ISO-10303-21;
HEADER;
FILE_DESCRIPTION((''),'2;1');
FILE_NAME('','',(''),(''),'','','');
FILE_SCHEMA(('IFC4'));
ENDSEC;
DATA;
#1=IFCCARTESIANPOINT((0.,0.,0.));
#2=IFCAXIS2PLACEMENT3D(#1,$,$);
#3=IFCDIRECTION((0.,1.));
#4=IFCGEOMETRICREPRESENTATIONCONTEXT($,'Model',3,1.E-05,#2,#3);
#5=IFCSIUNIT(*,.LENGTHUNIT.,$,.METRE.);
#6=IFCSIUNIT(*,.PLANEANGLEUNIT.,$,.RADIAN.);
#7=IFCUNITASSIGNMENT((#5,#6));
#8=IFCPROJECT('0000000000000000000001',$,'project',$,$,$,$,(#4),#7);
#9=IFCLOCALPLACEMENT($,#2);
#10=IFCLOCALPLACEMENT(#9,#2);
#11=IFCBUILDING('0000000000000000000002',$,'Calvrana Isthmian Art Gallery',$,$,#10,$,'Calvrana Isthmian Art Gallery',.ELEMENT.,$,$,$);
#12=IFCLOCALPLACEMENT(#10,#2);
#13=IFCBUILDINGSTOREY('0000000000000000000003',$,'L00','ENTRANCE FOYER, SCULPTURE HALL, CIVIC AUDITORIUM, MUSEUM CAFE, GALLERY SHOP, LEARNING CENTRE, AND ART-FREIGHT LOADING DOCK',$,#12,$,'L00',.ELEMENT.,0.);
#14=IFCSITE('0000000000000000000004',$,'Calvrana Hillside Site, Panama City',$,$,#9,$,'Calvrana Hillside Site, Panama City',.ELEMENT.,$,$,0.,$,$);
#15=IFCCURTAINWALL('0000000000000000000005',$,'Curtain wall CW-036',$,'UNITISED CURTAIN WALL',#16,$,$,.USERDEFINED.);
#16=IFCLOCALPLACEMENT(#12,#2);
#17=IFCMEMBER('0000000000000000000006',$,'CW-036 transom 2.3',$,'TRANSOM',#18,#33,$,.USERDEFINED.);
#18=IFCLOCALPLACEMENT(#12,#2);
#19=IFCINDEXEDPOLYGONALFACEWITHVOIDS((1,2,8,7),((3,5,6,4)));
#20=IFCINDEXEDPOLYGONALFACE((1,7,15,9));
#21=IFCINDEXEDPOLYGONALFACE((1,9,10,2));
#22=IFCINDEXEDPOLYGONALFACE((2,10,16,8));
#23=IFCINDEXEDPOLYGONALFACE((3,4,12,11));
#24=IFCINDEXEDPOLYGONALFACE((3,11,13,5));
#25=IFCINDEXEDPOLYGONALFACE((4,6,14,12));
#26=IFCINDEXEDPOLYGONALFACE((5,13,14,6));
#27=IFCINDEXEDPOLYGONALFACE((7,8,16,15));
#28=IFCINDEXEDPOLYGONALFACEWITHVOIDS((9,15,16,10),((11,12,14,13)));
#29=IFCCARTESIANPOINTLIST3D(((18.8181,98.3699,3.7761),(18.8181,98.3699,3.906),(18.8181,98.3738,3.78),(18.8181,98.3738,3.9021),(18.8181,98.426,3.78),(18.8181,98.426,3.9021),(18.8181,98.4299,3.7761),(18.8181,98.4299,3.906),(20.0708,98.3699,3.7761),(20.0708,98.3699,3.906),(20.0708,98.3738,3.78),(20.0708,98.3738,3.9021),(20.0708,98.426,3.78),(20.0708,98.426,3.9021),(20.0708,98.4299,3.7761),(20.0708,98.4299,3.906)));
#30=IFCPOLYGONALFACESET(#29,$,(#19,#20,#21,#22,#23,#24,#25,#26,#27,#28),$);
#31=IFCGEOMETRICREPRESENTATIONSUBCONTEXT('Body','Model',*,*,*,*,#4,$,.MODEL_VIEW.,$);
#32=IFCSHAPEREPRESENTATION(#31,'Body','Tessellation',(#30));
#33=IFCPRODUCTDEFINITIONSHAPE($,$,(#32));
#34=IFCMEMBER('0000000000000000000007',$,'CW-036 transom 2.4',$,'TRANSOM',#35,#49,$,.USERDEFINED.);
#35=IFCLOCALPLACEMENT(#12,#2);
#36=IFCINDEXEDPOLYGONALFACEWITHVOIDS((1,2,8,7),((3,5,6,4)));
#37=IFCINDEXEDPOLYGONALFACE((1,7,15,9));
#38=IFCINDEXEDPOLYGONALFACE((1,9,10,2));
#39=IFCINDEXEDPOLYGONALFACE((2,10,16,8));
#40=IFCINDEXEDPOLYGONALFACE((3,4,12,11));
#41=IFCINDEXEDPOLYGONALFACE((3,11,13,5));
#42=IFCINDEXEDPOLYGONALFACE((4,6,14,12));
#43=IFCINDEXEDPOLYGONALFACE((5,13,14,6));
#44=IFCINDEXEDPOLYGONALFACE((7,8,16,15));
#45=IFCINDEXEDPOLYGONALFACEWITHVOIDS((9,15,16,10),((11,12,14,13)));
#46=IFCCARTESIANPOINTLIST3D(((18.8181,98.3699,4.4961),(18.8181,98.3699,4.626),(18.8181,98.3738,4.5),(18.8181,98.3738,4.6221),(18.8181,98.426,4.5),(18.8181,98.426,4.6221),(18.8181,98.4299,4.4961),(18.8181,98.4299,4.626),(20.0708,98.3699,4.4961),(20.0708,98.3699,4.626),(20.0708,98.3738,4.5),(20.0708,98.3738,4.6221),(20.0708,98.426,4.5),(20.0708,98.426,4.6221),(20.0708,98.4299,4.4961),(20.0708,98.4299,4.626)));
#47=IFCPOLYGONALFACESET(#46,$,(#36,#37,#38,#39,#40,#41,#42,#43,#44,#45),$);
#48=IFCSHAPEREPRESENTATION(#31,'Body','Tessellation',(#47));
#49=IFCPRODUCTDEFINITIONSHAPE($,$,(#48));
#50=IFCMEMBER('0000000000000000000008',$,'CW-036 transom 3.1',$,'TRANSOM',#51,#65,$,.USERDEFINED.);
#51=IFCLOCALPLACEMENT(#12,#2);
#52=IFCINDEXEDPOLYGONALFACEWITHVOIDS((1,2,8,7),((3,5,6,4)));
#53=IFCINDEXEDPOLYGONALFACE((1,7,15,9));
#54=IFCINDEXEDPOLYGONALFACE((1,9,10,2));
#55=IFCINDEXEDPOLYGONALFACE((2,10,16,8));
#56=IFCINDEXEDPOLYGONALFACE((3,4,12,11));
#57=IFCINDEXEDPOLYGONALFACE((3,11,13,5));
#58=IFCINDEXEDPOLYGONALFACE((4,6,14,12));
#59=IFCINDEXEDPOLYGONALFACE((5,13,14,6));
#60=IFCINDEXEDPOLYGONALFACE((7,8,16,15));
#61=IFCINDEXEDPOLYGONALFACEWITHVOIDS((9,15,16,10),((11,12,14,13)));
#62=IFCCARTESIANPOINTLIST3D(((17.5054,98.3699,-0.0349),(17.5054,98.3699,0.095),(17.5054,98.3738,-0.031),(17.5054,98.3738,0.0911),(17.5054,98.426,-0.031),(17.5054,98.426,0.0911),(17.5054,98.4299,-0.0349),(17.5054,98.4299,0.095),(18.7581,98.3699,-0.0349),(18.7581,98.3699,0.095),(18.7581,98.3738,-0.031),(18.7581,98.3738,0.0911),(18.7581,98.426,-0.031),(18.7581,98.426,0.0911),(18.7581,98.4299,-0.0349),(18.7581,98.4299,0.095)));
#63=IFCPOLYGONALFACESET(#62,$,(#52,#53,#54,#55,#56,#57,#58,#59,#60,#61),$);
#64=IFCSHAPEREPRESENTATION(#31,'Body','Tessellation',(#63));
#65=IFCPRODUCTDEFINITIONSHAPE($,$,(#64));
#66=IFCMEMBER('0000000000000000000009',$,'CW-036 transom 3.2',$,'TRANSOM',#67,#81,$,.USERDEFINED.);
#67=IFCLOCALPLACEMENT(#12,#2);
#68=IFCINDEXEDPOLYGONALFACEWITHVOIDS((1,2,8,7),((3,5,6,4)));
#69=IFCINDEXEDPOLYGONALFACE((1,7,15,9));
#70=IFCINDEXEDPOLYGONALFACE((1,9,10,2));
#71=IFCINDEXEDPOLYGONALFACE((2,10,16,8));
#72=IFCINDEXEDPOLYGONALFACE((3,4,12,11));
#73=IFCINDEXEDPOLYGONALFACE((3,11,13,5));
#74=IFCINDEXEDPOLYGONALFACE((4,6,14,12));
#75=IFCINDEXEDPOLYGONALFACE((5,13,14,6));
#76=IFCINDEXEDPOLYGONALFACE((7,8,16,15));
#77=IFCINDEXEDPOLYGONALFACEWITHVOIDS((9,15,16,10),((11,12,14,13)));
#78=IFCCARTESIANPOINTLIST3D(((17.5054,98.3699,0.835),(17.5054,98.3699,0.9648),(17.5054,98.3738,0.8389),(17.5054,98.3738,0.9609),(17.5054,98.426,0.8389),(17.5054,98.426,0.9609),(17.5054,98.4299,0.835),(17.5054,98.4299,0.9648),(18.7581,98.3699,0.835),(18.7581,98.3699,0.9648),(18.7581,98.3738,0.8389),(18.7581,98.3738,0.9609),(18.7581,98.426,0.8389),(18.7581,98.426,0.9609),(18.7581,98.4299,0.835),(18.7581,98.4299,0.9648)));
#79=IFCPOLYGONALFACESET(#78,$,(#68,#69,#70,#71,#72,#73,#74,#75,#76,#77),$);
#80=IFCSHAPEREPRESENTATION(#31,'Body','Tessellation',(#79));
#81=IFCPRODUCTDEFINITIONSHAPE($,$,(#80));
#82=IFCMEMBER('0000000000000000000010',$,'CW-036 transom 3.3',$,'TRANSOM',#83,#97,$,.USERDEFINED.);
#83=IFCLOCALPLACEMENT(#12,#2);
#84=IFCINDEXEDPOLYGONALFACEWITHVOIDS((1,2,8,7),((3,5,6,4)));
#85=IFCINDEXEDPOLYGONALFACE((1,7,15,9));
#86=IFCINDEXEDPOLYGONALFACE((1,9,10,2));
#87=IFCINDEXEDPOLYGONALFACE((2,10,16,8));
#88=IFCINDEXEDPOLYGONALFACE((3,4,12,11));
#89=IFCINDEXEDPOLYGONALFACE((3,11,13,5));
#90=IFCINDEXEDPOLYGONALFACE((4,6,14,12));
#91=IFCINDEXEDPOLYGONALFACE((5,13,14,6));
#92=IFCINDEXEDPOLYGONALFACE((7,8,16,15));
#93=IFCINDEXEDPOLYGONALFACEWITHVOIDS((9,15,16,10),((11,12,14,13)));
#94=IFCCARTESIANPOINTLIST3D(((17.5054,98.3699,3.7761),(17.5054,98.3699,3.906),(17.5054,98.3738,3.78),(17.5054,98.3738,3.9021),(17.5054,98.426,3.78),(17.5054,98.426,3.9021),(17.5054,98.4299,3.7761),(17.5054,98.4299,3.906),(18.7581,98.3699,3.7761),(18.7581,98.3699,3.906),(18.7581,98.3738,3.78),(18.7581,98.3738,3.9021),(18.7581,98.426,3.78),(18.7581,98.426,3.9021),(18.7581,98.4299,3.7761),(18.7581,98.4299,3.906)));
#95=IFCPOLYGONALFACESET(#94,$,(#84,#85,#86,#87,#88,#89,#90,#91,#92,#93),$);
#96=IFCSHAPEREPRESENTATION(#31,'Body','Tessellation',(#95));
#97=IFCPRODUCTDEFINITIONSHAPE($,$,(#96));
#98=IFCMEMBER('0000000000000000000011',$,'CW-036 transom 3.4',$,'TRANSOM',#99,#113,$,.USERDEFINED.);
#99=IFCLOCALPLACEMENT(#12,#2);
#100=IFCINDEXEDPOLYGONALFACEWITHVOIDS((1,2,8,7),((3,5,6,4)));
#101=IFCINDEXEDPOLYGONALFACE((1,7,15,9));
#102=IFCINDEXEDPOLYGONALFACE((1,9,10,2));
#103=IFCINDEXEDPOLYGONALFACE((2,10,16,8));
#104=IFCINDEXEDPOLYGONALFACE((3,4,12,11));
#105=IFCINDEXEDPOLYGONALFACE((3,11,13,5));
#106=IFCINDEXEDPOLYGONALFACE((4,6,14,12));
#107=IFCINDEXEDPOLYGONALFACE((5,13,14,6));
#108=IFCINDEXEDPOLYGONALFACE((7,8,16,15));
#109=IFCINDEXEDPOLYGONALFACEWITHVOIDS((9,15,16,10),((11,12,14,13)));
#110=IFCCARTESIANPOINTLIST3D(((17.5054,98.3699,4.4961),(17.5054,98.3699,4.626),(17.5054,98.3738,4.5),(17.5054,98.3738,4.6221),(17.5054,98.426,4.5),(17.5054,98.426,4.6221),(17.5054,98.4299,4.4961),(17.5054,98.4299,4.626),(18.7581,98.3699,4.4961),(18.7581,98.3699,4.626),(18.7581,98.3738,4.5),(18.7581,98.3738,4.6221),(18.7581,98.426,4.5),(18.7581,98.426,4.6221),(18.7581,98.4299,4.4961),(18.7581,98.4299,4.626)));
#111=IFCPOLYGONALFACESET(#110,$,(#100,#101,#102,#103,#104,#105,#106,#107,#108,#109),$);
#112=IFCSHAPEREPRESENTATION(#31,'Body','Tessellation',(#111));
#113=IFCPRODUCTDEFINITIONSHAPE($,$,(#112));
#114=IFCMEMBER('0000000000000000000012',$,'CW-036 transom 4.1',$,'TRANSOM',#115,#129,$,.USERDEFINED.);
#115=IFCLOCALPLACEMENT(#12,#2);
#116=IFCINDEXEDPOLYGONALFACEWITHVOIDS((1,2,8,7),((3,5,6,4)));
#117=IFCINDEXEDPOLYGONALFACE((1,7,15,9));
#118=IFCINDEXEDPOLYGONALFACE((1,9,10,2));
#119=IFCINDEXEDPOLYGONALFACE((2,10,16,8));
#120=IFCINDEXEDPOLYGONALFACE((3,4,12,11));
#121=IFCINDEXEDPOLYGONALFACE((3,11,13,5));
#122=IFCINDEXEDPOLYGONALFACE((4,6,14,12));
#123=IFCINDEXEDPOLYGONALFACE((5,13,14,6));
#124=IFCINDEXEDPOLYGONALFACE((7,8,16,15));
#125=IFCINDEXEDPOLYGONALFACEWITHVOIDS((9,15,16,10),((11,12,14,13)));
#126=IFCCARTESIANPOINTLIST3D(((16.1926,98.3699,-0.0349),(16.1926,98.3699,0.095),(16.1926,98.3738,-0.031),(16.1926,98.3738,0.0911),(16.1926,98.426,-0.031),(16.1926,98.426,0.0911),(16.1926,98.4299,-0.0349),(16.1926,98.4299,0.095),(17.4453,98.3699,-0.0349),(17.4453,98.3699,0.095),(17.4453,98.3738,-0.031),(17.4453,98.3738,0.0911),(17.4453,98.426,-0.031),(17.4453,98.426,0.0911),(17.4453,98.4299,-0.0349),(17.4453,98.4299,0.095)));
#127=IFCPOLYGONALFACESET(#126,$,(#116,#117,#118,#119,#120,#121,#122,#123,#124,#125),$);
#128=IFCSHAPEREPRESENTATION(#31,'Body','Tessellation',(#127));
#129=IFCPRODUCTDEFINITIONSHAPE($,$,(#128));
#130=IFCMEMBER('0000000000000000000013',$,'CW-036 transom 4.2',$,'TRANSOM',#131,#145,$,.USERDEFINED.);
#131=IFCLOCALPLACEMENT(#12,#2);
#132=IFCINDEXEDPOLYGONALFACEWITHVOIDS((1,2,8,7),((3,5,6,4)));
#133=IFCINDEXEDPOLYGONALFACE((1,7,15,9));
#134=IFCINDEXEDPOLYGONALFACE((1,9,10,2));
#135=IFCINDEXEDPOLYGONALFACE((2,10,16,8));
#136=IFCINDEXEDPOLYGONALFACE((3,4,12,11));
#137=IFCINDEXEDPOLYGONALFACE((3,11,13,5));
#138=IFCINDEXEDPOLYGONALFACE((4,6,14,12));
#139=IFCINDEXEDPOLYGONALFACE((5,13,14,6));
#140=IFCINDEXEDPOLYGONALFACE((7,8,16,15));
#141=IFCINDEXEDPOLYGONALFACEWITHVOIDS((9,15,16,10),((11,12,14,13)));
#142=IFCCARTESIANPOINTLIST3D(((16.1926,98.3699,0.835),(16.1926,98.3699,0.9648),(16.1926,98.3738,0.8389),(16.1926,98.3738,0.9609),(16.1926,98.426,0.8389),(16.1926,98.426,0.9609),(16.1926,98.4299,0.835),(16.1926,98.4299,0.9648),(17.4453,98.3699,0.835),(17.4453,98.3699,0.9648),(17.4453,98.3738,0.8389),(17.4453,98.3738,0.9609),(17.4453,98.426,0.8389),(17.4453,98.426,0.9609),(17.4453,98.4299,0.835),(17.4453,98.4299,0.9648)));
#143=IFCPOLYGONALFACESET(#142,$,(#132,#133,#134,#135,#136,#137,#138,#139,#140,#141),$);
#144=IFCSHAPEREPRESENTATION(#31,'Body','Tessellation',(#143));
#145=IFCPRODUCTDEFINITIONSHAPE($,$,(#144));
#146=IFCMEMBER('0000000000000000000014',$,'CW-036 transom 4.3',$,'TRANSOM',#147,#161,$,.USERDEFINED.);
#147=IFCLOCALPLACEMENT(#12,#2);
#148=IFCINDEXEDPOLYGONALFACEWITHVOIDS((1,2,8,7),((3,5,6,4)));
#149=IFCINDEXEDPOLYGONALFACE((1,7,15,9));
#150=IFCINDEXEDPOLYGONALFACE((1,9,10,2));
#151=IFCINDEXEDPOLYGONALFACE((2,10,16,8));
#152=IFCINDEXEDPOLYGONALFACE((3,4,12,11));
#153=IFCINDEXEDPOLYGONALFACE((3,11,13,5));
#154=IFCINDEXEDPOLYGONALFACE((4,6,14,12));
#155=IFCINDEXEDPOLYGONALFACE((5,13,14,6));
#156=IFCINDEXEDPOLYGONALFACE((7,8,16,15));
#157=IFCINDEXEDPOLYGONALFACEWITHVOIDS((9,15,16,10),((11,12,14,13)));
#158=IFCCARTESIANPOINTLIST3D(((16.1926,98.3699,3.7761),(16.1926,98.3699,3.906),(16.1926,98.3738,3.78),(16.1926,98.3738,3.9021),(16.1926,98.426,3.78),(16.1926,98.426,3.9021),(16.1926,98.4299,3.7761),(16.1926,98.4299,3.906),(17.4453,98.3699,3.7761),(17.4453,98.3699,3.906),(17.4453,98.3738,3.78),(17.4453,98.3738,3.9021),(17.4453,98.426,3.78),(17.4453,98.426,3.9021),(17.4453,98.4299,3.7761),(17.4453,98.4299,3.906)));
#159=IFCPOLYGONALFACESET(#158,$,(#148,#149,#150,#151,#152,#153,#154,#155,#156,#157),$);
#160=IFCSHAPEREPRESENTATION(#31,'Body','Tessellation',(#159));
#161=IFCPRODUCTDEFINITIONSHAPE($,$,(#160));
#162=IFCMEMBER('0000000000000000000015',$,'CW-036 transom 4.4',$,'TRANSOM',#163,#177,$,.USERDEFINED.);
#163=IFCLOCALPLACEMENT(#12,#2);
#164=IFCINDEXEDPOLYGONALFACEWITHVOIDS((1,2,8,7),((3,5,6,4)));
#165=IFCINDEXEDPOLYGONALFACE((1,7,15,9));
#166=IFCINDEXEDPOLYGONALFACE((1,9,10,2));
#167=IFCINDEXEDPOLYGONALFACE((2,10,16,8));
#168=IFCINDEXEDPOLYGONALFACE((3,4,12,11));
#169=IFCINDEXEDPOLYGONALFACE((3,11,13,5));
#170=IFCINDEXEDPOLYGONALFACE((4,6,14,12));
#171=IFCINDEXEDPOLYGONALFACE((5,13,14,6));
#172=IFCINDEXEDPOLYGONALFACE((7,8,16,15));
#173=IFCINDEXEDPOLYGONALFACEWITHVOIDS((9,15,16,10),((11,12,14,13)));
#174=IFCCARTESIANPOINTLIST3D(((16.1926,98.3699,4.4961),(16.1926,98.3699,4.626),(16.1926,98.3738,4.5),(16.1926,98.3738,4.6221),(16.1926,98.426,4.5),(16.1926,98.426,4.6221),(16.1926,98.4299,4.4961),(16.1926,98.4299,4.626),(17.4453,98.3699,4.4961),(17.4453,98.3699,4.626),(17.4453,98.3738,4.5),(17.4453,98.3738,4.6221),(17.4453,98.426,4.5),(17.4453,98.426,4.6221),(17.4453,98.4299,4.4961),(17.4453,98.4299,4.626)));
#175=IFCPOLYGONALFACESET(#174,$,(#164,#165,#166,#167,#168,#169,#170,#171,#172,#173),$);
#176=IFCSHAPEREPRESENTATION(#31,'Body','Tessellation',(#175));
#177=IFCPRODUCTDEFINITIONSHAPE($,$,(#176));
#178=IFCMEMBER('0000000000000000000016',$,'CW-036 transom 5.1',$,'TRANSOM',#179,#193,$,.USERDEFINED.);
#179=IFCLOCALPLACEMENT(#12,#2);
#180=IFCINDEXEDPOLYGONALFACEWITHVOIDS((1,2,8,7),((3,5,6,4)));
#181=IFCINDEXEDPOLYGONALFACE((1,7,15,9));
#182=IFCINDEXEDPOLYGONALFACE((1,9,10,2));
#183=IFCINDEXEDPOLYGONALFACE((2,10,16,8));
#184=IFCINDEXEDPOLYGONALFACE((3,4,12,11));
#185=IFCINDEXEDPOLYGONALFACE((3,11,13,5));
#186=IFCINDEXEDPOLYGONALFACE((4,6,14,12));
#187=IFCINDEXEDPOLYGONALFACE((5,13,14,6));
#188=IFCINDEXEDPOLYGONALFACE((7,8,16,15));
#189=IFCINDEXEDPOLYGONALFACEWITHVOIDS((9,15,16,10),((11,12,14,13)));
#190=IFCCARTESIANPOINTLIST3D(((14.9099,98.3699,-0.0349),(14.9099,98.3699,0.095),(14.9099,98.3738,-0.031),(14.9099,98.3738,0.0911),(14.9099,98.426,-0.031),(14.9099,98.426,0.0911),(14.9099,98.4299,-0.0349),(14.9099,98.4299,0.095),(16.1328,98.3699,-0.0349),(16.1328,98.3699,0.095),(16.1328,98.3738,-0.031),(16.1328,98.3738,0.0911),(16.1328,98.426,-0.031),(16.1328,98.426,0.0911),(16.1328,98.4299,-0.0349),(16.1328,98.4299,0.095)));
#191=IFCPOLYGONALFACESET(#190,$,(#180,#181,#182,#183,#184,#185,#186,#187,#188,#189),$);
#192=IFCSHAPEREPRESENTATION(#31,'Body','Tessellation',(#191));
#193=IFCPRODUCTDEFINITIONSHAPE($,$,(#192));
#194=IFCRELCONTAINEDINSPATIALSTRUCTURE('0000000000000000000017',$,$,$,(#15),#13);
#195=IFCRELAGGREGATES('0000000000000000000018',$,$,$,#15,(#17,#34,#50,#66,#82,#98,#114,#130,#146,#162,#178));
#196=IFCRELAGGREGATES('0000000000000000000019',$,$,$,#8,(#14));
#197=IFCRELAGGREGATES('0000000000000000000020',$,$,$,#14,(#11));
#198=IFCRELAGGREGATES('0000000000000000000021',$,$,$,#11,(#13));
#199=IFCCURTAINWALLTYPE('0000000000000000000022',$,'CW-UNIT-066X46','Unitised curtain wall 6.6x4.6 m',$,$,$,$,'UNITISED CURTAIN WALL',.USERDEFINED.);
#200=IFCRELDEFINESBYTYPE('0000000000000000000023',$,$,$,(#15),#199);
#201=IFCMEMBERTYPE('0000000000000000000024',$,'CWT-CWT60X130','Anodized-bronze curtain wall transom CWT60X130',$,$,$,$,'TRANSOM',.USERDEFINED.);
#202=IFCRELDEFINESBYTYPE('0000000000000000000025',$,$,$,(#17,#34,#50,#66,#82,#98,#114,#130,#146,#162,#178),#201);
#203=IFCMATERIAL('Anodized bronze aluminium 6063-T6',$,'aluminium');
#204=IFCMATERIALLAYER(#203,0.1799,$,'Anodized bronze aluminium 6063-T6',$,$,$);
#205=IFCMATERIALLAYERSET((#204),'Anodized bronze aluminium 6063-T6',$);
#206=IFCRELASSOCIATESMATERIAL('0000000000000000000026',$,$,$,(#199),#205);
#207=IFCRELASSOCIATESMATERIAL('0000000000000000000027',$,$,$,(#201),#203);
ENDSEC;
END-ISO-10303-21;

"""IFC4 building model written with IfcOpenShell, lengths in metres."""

from ifc_helpers import new_model, si_unit, direction, frame, origin, origin_2d, place, context, subcontext, project, spatial, hollow_rectangle, extrude, material, layer, layer_set, material_profile, profile_set, type_object, element, aggregate, save


model = new_model("IFC4")

# Units and contexts
model_context = context("Model", 3, precision=1e-05, world=origin(), true_north=direction((0.0, 1.0)))
body_context = subcontext(model_context, "Body", "Model", "MODEL_VIEW")
ifc_project = project(units=[si_unit("LENGTHUNIT", "METRE"), si_unit("PLANEANGLEUNIT", "RADIAN")], contexts=[model_context])

# Site, building, storey
site_placement = place(None, origin())
site = spatial("IfcSite", under=ifc_project, at=site_placement, Name="Calvrana Hillside Site, Panama City", LongName="Calvrana Hillside Site, Panama City", CompositionType="ELEMENT", RefElevation=0.0)
building_placement = place(site_placement, origin())
building = spatial("IfcBuilding", under=site, at=building_placement, Name="Calvrana Isthmian Art Gallery", LongName="Calvrana Isthmian Art Gallery", CompositionType="ELEMENT")
storey_placement = place(building_placement, origin())
storey = spatial("IfcBuildingStorey", under=building, at=storey_placement, Name="L00", Description="ENTRANCE FOYER, SCULPTURE HALL, CIVIC AUDITORIUM, MUSEUM CAFE, GALLERY SHOP, LEARNING CENTRE, AND ART-FREIGHT LOADING DOCK", LongName="L00", CompositionType="ELEMENT", Elevation=0.0)

# Curtain wall, members
ifc_material_1 = material(Name="Anodized bronze aluminium 6063-T6", Category="aluminium")
ifc_layer_1 = layer(ifc_material_1, 0.1799, Name="Anodized bronze aluminium 6063-T6")
ifc_layer_set_1 = layer_set([ifc_layer_1], Name="Anodized bronze aluminium 6063-T6")
curtain_wall_type = type_object("IfcCurtainWallType", Name="CW-UNIT-066X46", Description="Unitised curtain wall 6.6x4.6 m", ElementType="UNITISED CURTAIN WALL", PredefinedType="USERDEFINED", material=ifc_layer_set_1)
curtain_wall_placement = place(storey_placement, origin())
curtain_wall = element("IfcCurtainWall", 1, at=curtain_wall_placement, inside=storey, type_object=curtain_wall_type, Name="Curtain wall CW-036", ObjectType="UNITISED CURTAIN WALL", PredefinedType="USERDEFINED")
ifc_material_profile_1 = material_profile(ifc_material_1, hollow_rectangle(XDim=0.0601, YDim=0.1299, WallThickness=0.0039, at=origin_2d()), Name="CWT60X130")
ifc_profile_set_1 = profile_set([ifc_material_profile_1], Name="Anodized bronze aluminium 6063-T6")
member_type_1 = type_object("IfcMemberType", Name="CWT-CWT60X130", Description="Anodized-bronze curtain wall transom CWT60X130", ElementType="TRANSOM", PredefinedType="USERDEFINED", material=ifc_profile_set_1)
member_1_placement = place(storey_placement, frame((20.0708, 98.3999, 3.8411), z_axis=(-1.0, 0.0, 0.0), x_axis=(0.0, -1.0, 0.0)))
member_1 = element("IfcMember", 2, at=member_1_placement, type_object=member_type_1, Name="CW-036 transom 2.3", ObjectType="TRANSOM", PredefinedType="USERDEFINED", context=body_context, shape_type="SweptSolid", body=[
    extrude(hollow_rectangle(XDim=0.0601, YDim=0.1299, WallThickness=0.0039, at=origin_2d()), origin(), (0.0, 0.0, 1.0), 1.2527),
])
member_2_placement = place(storey_placement, frame((20.0708, 98.3999, 4.561), z_axis=(-1.0, 0.0, 0.0), x_axis=(0.0, -1.0, 0.0)))
member_2 = element("IfcMember", 3, at=member_2_placement, type_object=member_type_1, Name="CW-036 transom 2.4", ObjectType="TRANSOM", PredefinedType="USERDEFINED", context=body_context, shape_type="SweptSolid", body=[
    extrude(hollow_rectangle(XDim=0.0601, YDim=0.1299, WallThickness=0.0039, at=origin_2d()), origin(), (0.0, 0.0, 1.0), 1.2527),
])
member_3_placement = place(storey_placement, frame((18.7581, 98.3999, 0.03), z_axis=(-1.0, 0.0, 0.0), x_axis=(0.0, -1.0, 0.0)))
member_3 = element("IfcMember", 4, at=member_3_placement, type_object=member_type_1, Name="CW-036 transom 3.1", ObjectType="TRANSOM", PredefinedType="USERDEFINED", context=body_context, shape_type="SweptSolid", body=[
    extrude(hollow_rectangle(XDim=0.0601, YDim=0.1299, WallThickness=0.0039, at=origin_2d()), origin(), (0.0, 0.0, 1.0), 1.2527),
])
member_4_placement = place(storey_placement, frame((18.7581, 98.3999, 0.8999), z_axis=(-1.0, 0.0, 0.0), x_axis=(0.0, -1.0, 0.0)))
member_4 = element("IfcMember", 5, at=member_4_placement, type_object=member_type_1, Name="CW-036 transom 3.2", ObjectType="TRANSOM", PredefinedType="USERDEFINED", context=body_context, shape_type="SweptSolid", body=[
    extrude(hollow_rectangle(XDim=0.0601, YDim=0.1299, WallThickness=0.0039, at=origin_2d()), origin(), (0.0, 0.0, 1.0), 1.2527),
])
member_5_placement = place(storey_placement, frame((18.7581, 98.3999, 3.8411), z_axis=(-1.0, 0.0, 0.0), x_axis=(0.0, -1.0, 0.0)))
member_5 = element("IfcMember", 6, at=member_5_placement, type_object=member_type_1, Name="CW-036 transom 3.3", ObjectType="TRANSOM", PredefinedType="USERDEFINED", context=body_context, shape_type="SweptSolid", body=[
    extrude(hollow_rectangle(XDim=0.0601, YDim=0.1299, WallThickness=0.0039, at=origin_2d()), origin(), (0.0, 0.0, 1.0), 1.2527),
])
member_6_placement = place(storey_placement, frame((18.7581, 98.3999, 4.561), z_axis=(-1.0, 0.0, 0.0), x_axis=(0.0, -1.0, 0.0)))
member_6 = element("IfcMember", 7, at=member_6_placement, type_object=member_type_1, Name="CW-036 transom 3.4", ObjectType="TRANSOM", PredefinedType="USERDEFINED", context=body_context, shape_type="SweptSolid", body=[
    extrude(hollow_rectangle(XDim=0.0601, YDim=0.1299, WallThickness=0.0039, at=origin_2d()), origin(), (0.0, 0.0, 1.0), 1.2527),
])
member_7_placement = place(storey_placement, frame((17.4453, 98.3999, 0.03), z_axis=(-1.0, 0.0, 0.0), x_axis=(0.0, -1.0, 0.0)))
member_7 = element("IfcMember", 8, at=member_7_placement, type_object=member_type_1, Name="CW-036 transom 4.1", ObjectType="TRANSOM", PredefinedType="USERDEFINED", context=body_context, shape_type="SweptSolid", body=[
    extrude(hollow_rectangle(XDim=0.0601, YDim=0.1299, WallThickness=0.0039, at=origin_2d()), origin(), (0.0, 0.0, 1.0), 1.2527),
])
member_8_placement = place(storey_placement, frame((17.4453, 98.3999, 0.8999), z_axis=(-1.0, 0.0, 0.0), x_axis=(0.0, -1.0, 0.0)))
member_8 = element("IfcMember", 9, at=member_8_placement, type_object=member_type_1, Name="CW-036 transom 4.2", ObjectType="TRANSOM", PredefinedType="USERDEFINED", context=body_context, shape_type="SweptSolid", body=[
    extrude(hollow_rectangle(XDim=0.0601, YDim=0.1299, WallThickness=0.0039, at=origin_2d()), origin(), (0.0, 0.0, 1.0), 1.2527),
])
member_9_placement = place(storey_placement, frame((17.4453, 98.3999, 3.8411), z_axis=(-1.0, 0.0, 0.0), x_axis=(0.0, -1.0, 0.0)))
member_9 = element("IfcMember", 10, at=member_9_placement, type_object=member_type_1, Name="CW-036 transom 4.3", ObjectType="TRANSOM", PredefinedType="USERDEFINED", context=body_context, shape_type="SweptSolid", body=[
    extrude(hollow_rectangle(XDim=0.0601, YDim=0.1299, WallThickness=0.0039, at=origin_2d()), origin(), (0.0, 0.0, 1.0), 1.2527),
])
member_10_placement = place(storey_placement, frame((17.4453, 98.3999, 4.561), z_axis=(-1.0, 0.0, 0.0), x_axis=(0.0, -1.0, 0.0)))
member_10 = element("IfcMember", 11, at=member_10_placement, type_object=member_type_1, Name="CW-036 transom 4.4", ObjectType="TRANSOM", PredefinedType="USERDEFINED", context=body_context, shape_type="SweptSolid", body=[
    extrude(hollow_rectangle(XDim=0.0601, YDim=0.1299, WallThickness=0.0039, at=origin_2d()), origin(), (0.0, 0.0, 1.0), 1.2527),
])
member_11_placement = place(storey_placement, frame((16.1328, 98.3999, 0.03), z_axis=(-1.0, 0.0, 0.0), x_axis=(0.0, -1.0, 0.0)))
member_11 = element("IfcMember", 12, at=member_11_placement, type_object=member_type_1, Name="CW-036 transom 5.1", ObjectType="TRANSOM", PredefinedType="USERDEFINED", context=body_context, shape_type="SweptSolid", body=[
    extrude(hollow_rectangle(XDim=0.0601, YDim=0.1299, WallThickness=0.0039, at=origin_2d()), origin(), (0.0, 0.0, 1.0), 1.2229),
])
aggregate(curtain_wall, [member_1, member_2, member_3, member_4, member_5, member_6, member_7, member_8, member_9, member_10, member_11])

save(model, "model.ifc")
